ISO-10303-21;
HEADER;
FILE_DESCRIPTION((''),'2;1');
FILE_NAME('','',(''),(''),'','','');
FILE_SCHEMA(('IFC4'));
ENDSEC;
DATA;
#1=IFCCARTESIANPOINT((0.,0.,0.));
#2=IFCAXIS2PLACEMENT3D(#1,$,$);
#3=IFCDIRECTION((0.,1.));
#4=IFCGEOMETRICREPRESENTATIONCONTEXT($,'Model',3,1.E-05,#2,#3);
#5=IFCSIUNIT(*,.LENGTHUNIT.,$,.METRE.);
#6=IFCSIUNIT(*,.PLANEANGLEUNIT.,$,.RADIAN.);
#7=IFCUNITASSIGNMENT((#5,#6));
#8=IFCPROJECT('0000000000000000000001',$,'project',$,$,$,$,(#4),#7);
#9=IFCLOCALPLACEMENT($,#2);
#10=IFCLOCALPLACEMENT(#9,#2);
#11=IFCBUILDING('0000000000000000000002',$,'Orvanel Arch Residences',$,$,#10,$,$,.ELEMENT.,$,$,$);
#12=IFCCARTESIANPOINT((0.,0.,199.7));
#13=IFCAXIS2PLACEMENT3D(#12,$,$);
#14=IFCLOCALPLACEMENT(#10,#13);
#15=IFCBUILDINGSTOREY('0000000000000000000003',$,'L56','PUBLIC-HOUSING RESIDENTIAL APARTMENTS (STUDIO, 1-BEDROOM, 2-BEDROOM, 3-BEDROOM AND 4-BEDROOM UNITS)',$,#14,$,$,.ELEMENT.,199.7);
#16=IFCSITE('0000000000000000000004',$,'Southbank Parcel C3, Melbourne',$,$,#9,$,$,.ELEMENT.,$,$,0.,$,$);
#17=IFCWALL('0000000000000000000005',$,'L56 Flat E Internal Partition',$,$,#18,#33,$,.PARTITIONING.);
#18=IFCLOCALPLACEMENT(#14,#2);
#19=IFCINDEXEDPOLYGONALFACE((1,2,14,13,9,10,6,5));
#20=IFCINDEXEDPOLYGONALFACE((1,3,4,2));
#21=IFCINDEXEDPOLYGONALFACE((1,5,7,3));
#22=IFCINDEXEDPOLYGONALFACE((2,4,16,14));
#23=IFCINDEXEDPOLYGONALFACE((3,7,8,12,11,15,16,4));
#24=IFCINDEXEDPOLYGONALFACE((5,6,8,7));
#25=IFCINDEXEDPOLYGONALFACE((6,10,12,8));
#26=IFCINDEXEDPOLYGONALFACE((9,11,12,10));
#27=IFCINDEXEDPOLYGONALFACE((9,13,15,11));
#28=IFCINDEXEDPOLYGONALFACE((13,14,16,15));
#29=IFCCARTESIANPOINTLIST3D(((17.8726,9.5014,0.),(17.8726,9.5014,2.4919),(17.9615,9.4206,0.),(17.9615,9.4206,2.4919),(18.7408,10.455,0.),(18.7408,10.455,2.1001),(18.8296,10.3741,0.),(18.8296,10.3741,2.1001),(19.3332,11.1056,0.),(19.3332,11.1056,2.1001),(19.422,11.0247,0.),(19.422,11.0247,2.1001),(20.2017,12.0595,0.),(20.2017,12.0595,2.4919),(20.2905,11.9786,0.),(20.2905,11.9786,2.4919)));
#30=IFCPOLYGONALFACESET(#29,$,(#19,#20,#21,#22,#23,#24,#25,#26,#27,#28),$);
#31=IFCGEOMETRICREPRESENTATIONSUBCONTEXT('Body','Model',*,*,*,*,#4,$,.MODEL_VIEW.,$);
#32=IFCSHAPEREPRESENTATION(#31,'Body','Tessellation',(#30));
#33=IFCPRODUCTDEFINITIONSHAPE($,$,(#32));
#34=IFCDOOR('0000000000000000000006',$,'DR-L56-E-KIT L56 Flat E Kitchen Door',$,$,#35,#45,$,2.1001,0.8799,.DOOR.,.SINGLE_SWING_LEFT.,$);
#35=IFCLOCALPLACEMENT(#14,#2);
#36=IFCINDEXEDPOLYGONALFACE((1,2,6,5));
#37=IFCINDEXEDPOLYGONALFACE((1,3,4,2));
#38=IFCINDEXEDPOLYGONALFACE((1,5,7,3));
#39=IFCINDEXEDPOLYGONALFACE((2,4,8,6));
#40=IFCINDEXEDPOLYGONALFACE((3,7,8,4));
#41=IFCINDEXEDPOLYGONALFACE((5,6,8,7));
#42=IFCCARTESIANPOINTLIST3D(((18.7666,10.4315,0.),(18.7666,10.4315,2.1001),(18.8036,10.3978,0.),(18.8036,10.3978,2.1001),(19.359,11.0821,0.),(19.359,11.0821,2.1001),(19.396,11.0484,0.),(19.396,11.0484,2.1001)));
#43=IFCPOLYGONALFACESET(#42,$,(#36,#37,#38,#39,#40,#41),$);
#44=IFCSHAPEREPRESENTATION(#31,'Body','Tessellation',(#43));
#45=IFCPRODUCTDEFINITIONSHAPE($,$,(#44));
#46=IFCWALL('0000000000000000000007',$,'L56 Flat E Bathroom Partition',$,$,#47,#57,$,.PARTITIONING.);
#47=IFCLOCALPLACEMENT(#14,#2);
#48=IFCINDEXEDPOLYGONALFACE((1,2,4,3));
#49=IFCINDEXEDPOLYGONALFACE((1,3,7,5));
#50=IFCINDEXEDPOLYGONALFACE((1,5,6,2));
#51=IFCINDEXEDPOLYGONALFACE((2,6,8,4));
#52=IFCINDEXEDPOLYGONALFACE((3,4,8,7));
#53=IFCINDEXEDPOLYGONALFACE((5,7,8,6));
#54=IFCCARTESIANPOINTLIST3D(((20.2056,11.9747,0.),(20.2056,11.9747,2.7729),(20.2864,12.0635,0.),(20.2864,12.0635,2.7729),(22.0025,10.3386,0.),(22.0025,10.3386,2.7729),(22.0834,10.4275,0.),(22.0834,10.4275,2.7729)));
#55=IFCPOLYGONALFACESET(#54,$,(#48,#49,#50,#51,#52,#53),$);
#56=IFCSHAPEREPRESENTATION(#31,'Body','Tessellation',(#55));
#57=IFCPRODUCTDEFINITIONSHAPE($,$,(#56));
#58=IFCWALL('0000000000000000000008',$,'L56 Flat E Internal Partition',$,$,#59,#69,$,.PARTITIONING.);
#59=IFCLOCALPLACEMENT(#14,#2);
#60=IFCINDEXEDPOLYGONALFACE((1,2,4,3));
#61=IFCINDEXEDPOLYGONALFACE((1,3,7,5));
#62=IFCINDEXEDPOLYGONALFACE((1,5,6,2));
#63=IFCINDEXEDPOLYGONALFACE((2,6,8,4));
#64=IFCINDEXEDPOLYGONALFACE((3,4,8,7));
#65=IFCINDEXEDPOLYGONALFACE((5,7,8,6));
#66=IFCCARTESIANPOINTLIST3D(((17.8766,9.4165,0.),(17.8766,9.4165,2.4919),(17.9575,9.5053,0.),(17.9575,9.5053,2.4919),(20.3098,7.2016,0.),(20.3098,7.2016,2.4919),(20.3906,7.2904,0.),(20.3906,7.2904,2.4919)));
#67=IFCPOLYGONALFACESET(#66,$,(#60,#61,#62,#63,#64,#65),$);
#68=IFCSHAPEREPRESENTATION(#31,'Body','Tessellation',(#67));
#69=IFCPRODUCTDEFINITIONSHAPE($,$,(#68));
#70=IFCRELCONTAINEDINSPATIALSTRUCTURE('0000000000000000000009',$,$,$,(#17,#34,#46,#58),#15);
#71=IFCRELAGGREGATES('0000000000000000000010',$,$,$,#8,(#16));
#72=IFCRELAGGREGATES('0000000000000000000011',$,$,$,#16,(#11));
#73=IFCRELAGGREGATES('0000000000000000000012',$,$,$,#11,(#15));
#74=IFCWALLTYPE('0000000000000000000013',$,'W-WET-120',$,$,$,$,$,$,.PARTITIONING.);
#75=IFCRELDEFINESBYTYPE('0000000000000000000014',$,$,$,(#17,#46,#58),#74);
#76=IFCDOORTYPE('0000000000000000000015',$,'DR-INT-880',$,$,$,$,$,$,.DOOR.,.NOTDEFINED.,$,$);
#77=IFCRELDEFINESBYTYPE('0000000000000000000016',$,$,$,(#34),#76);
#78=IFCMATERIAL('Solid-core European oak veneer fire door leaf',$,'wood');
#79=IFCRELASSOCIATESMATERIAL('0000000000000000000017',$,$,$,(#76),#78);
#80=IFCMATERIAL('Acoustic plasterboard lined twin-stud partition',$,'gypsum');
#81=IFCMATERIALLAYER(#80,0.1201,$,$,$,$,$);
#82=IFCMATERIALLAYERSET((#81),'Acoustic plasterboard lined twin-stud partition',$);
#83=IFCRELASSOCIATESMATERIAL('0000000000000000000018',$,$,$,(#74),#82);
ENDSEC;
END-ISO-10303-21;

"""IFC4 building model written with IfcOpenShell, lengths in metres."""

from ifc_helpers import new_model, si_unit, direction, frame, frame_2d, origin, place, context, subcontext, project, spatial, rectangle, extrude, material, layer, layer_set, type_object, element, fill, save


model = new_model("IFC4")

# Units and contexts
model_context = context("Model", 3, precision=1e-05, world=origin(), true_north=direction((0.0, 1.0)))
body_context = subcontext(model_context, "Body", "Model", "MODEL_VIEW")
ifc_project = project(units=[si_unit("LENGTHUNIT", "METRE"), si_unit("PLANEANGLEUNIT", "RADIAN")], contexts=[model_context])

# Site, building, storey
site_placement = place(None, origin())
site = spatial("IfcSite", under=ifc_project, at=site_placement, Name="Southbank Parcel C3, Melbourne", CompositionType="ELEMENT", RefElevation=0.0)
building_placement = place(site_placement, origin())
building = spatial("IfcBuilding", under=site, at=building_placement, Name="Orvanel Arch Residences", CompositionType="ELEMENT")
storey_placement = place(building_placement, frame((0.0, 0.0, 199.7)))
storey = spatial("IfcBuildingStorey", under=building, at=storey_placement, Name="L56", Description="PUBLIC-HOUSING RESIDENTIAL APARTMENTS (STUDIO, 1-BEDROOM, 2-BEDROOM, 3-BEDROOM AND 4-BEDROOM UNITS)", CompositionType="ELEMENT", Elevation=199.7)

# Shared definitions
ifc_material_1 = material(Name="Solid-core European oak veneer fire door leaf", Category="wood")

# Shared definitions
door_type_1 = type_object("IfcDoorType", Name="DR-INT-880", OperationType="NOTDEFINED", PredefinedType="DOOR", material=ifc_material_1)

# Shared definitions
ifc_material_2 = material(Name="Acoustic plasterboard lined twin-stud partition", Category="gypsum")

# Shared definitions
ifc_layer_1 = layer(ifc_material_2, 0.1201)
ifc_layer_set_1 = layer_set([ifc_layer_1], Name="Acoustic plasterboard lined twin-stud partition")
wall_type_1 = type_object("IfcWallType", Name="W-WET-120", PredefinedType="PARTITIONING", material=ifc_layer_set_1)

# Wall, opening, door
wall_1_placement = place(storey_placement, frame((20.2461, 12.019, 0.0), z_axis=(0.0, 0.0, 1.0), x_axis=(-0.673235, -0.739429, 0.0)))
wall_1 = element("IfcWall", 1, at=wall_1_placement, inside=storey, type_object=wall_type_1, Name="L56 Flat E Internal Partition", PredefinedType="PARTITIONING", context=body_context, shape_type="SweptSolid", body=[
    extrude(rectangle(XDim=3.4595, YDim=0.1201, at=frame_2d((1.7297, 0.0))), origin(), (0.0, 0.0, 1.0), 2.4919),
])
opening_1_placement = place(wall_1_placement, frame((1.29, 0.0, 0.0)))
opening_1 = element("IfcOpeningElement", 2, at=opening_1_placement, cuts=wall_1, PredefinedType="OPENING", context=body_context, shape_type="SweptSolid", body=[
    extrude(rectangle(XDim=0.8799, YDim=2.1001, at=frame_2d((0.4399, 1.05))), frame((0.0, 0.0701, 0.0), z_axis=(0.0, -1.0, 0.0), x_axis=(1.0, 0.0, 0.0)), (0.0, 0.0, 1.0), 0.1401),
])
door_1_placement = place(opening_1_placement, origin())
door_1 = element("IfcDoor", 3, at=door_1_placement, inside=storey, type_object=door_type_1, Name="DR-L56-E-KIT L56 Flat E Kitchen Door", OperationType="SINGLE_SWING_LEFT", OverallHeight=2.1001, OverallWidth=0.8799, PredefinedType="DOOR", context=body_context, shape_type="SweptSolid", body=[
    extrude(rectangle(XDim=0.8799, YDim=2.1001, at=frame_2d((0.4399, 1.05))), frame((0.0, 0.0249, 0.0), z_axis=(0.0, -1.0, 0.0), x_axis=(1.0, 0.0, 0.0)), (0.0, 0.0, 1.0), 0.05),
])
fill(opening_1, door_1)

# Walls
wall_2_placement = place(storey_placement, frame((22.043, 10.3831, 0.0), z_axis=(0.0, 0.0, 1.0), x_axis=(-0.739435, 0.673228, 0.0)))
element("IfcWall", 4, at=wall_2_placement, inside=storey, type_object=wall_type_1, Name="L56 Flat E Bathroom Partition", PredefinedType="PARTITIONING", context=body_context, shape_type="SweptSolid", body=[
    extrude(rectangle(XDim=2.4302, YDim=0.1201, at=frame_2d((1.2151, 0.0))), origin(), (0.0, 0.0, 1.0), 2.7729),
])
wall_3_placement = place(storey_placement, frame((20.3501, 7.2461, 0.0), z_axis=(0.0, 0.0, 1.0), x_axis=(-0.739497, 0.67316, 0.0)))
element("IfcWall", 5, at=wall_3_placement, inside=storey, type_object=wall_type_1, Name="L56 Flat E Internal Partition", PredefinedType="PARTITIONING", context=body_context, shape_type="SweptSolid", body=[
    extrude(rectangle(XDim=3.2903, YDim=0.1201, at=frame_2d((1.645, 0.0))), origin(), (0.0, 0.0, 1.0), 2.4919),
])

save(model, "model.ifc")
